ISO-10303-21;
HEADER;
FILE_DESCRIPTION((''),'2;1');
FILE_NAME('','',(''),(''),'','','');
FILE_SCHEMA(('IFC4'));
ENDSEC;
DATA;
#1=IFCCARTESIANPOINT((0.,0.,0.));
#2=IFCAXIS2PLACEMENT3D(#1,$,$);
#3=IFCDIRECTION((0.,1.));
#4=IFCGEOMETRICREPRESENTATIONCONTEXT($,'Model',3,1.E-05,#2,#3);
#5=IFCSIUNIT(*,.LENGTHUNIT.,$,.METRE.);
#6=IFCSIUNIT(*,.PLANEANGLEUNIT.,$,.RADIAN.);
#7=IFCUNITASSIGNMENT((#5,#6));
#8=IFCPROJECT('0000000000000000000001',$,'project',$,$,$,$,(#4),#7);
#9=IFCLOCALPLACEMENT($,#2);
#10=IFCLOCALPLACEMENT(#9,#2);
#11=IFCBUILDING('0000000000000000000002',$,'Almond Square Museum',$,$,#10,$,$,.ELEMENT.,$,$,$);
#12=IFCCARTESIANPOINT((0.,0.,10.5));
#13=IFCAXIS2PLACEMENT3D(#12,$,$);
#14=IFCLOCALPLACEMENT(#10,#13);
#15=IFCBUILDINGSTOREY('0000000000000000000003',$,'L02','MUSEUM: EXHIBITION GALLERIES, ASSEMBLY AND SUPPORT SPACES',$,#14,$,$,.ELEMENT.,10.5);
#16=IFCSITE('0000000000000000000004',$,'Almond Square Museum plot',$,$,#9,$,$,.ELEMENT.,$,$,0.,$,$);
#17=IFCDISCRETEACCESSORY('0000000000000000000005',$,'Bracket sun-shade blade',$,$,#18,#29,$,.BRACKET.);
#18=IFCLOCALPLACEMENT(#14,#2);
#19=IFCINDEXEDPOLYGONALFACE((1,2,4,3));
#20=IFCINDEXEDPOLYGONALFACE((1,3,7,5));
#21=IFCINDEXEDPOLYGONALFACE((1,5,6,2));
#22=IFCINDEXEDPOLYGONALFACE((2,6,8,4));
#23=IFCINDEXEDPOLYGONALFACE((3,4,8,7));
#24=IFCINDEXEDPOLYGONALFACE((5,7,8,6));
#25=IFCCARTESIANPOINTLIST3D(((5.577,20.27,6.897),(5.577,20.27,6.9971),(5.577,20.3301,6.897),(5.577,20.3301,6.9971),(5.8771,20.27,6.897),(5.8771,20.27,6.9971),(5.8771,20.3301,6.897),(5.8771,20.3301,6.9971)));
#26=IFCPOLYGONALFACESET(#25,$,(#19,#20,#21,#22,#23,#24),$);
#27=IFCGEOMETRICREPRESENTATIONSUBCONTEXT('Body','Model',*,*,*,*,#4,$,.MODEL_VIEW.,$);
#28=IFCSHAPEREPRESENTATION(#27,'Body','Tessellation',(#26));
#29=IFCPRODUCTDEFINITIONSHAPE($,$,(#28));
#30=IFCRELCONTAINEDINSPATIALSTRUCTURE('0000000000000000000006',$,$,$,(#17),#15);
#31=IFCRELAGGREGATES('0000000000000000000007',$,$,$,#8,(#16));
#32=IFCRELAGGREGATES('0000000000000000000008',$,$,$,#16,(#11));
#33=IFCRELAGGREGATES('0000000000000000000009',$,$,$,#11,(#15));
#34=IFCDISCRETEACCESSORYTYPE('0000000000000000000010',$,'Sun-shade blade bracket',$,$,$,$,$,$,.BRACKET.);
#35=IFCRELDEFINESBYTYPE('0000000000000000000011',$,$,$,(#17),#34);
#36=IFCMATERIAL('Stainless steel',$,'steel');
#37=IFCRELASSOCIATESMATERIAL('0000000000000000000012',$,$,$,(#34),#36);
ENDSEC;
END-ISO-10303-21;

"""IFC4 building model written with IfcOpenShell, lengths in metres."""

from ifc_helpers import new_model, si_unit, direction, frame, origin, origin_2d, place, context, subcontext, project, spatial, rectangle, extrude, material, type_object, element, save


model = new_model("IFC4")

# Units and contexts
model_context = context("Model", 3, precision=1e-05, world=origin(), true_north=direction((0.0, 1.0)))
body_context = subcontext(model_context, "Body", "Model", "MODEL_VIEW")
ifc_project = project(units=[si_unit("LENGTHUNIT", "METRE"), si_unit("PLANEANGLEUNIT", "RADIAN")], contexts=[model_context])

# Site, building, storey
site_placement = place(None, origin())
site = spatial("IfcSite", under=ifc_project, at=site_placement, Name="Almond Square Museum plot", CompositionType="ELEMENT", RefElevation=0.0)
building_placement = place(site_placement, origin())
building = spatial("IfcBuilding", under=site, at=building_placement, Name="Almond Square Museum", CompositionType="ELEMENT")
storey_placement = place(building_placement, frame((0.0, 0.0, 10.5)))
storey = spatial("IfcBuildingStorey", under=building, at=storey_placement, Name="L02", Description="MUSEUM: EXHIBITION GALLERIES, ASSEMBLY AND SUPPORT SPACES", CompositionType="ELEMENT", Elevation=10.5)

# Discrete accessory
ifc_material_1 = material(Name="Stainless steel", Category="steel")
discrete_accessory_type = type_object("IfcDiscreteAccessoryType", Name="Sun-shade blade bracket", PredefinedType="BRACKET", material=ifc_material_1)
for number, where, z_axis, x_axis, name in (
    (1, (5.7271, 20.3, 6.897), (0.0, 0.0, 1.0), (1.0, 0.0, 0.0), "Bracket sun-shade blade"),
):
    element("IfcDiscreteAccessory", number, at=place(storey_placement, frame(where, z_axis=z_axis, x_axis=x_axis)), inside=storey, type_object=discrete_accessory_type, Name=name, PredefinedType="BRACKET", context=body_context, shape_type="SweptSolid", body=[
        extrude(rectangle(XDim=0.3, YDim=0.0601, at=origin_2d()), origin(), (0.0, 0.0, 1.0), 0.1001),
    ])

save(model, "model.ifc")
